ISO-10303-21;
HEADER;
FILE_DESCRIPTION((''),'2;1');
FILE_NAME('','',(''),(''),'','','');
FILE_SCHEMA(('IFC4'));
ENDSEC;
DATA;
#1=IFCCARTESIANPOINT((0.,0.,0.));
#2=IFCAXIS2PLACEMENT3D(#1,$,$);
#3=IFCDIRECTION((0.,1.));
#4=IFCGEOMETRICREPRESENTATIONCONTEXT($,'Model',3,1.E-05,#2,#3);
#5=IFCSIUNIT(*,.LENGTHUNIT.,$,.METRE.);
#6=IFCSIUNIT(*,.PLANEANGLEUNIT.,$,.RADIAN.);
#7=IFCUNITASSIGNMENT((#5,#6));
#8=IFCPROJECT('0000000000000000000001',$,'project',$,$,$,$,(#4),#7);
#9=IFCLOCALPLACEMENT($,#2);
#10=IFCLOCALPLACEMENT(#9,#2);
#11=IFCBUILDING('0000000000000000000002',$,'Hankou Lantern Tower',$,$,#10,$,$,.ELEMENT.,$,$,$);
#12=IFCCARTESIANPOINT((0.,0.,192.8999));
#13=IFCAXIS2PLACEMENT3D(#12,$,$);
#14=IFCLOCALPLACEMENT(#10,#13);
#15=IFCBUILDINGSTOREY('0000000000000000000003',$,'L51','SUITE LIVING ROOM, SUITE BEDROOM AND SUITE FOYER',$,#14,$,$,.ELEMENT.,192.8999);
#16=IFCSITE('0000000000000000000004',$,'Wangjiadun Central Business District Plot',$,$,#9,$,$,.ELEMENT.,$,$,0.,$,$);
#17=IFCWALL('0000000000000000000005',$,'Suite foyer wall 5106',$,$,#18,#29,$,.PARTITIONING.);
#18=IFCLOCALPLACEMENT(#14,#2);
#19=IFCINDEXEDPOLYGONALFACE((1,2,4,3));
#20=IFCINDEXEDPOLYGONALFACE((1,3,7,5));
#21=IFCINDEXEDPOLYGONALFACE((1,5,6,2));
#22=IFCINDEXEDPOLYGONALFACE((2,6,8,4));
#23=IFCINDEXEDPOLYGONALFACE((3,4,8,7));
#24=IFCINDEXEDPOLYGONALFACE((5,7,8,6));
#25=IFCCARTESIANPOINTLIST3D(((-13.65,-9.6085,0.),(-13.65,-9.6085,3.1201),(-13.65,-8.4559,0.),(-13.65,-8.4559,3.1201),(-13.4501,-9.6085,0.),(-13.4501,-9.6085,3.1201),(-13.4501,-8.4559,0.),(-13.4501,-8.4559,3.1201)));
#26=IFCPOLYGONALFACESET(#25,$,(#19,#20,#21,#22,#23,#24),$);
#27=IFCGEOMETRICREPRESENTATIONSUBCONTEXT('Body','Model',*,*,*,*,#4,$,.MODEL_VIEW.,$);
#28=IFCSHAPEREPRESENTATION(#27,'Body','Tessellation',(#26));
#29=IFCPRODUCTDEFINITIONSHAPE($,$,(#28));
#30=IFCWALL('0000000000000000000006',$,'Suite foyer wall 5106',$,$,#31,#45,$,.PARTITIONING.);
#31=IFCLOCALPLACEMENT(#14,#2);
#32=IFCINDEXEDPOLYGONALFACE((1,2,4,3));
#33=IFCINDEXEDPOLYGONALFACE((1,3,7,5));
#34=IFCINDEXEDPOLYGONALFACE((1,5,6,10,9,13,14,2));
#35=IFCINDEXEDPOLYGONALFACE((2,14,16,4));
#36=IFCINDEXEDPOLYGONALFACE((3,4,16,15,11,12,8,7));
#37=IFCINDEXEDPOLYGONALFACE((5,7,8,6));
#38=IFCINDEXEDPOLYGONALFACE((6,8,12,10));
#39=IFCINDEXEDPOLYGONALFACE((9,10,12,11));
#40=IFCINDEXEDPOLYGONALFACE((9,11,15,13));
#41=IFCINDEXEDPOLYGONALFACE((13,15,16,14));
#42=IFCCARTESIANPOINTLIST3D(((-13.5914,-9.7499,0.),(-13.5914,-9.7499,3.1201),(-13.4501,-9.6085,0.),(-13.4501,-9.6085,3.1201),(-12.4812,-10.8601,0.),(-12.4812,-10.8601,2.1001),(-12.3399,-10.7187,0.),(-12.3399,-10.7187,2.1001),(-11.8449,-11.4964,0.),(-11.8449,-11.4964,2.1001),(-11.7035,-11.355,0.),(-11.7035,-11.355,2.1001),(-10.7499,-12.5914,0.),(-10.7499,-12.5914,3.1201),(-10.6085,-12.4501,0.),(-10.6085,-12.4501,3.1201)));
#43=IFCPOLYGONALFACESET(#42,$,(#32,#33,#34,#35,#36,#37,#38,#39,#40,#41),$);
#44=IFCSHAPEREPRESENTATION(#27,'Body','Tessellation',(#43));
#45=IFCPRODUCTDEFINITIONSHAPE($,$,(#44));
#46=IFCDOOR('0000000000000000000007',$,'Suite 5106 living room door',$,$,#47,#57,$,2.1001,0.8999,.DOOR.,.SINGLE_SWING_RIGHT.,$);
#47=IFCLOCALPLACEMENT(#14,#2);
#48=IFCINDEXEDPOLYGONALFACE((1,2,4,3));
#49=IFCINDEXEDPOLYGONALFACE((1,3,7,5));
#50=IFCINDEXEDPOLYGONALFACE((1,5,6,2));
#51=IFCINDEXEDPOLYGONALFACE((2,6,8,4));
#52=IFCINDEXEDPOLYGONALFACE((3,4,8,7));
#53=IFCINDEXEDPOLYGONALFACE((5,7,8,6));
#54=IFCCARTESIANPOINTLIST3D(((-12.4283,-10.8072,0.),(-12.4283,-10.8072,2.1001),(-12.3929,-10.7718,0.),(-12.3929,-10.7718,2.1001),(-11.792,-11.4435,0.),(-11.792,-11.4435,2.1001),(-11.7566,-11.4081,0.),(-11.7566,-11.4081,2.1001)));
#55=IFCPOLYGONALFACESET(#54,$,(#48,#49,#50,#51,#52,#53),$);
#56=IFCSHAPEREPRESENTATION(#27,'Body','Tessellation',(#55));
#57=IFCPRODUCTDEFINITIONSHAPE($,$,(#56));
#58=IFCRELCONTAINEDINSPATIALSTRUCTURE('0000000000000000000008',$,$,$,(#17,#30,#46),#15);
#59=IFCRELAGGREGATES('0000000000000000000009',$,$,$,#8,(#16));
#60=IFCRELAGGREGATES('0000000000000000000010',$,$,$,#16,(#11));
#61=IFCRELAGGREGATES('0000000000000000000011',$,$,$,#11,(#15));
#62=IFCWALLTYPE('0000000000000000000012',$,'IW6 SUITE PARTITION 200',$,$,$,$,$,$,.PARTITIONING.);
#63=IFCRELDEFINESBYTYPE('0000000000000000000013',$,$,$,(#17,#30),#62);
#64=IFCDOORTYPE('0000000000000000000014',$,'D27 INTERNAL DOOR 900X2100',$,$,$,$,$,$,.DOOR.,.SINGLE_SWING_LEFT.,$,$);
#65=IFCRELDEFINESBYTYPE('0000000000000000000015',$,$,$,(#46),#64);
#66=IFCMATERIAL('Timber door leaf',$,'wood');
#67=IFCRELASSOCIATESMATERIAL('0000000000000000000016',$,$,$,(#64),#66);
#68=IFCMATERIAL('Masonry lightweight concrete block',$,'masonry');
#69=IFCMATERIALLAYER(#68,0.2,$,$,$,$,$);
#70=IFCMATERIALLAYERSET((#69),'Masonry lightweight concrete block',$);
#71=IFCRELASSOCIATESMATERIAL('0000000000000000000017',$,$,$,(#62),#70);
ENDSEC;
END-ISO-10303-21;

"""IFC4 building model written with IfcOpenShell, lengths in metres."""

from ifc_helpers import new_model, si_unit, direction, frame, frame_2d, origin, place, context, subcontext, project, spatial, rectangle, extrude, material, layer, layer_set, type_object, element, fill, save


model = new_model("IFC4")

# Units and contexts
model_context = context("Model", 3, precision=1e-05, world=origin(), true_north=direction((0.0, 1.0)))
body_context = subcontext(model_context, "Body", "Model", "MODEL_VIEW")
ifc_project = project(units=[si_unit("LENGTHUNIT", "METRE"), si_unit("PLANEANGLEUNIT", "RADIAN")], contexts=[model_context])

# Site, building, storey
site_placement = place(None, origin())
site = spatial("IfcSite", under=ifc_project, at=site_placement, Name="Wangjiadun Central Business District Plot", CompositionType="ELEMENT", RefElevation=0.0)
building_placement = place(site_placement, origin())
building = spatial("IfcBuilding", under=site, at=building_placement, Name="Hankou Lantern Tower", CompositionType="ELEMENT")
storey_placement = place(building_placement, frame((0.0, 0.0, 192.8999)))
storey = spatial("IfcBuildingStorey", under=building, at=storey_placement, Name="L51", Description="SUITE LIVING ROOM, SUITE BEDROOM AND SUITE FOYER", CompositionType="ELEMENT", Elevation=192.8999)

# Shared definitions
ifc_material_1 = material(Name="Timber door leaf", Category="wood")
door_type = type_object("IfcDoorType", Name="D27 INTERNAL DOOR 900X2100", OperationType="SINGLE_SWING_LEFT", PredefinedType="DOOR", material=ifc_material_1)

# Wall
ifc_material_2 = material(Name="Masonry lightweight concrete block", Category="masonry")
ifc_layer_1 = layer(ifc_material_2, 0.2)
ifc_layer_set_1 = layer_set([ifc_layer_1], Name="Masonry lightweight concrete block")
wall_type_1 = type_object("IfcWallType", Name="IW6 SUITE PARTITION 200", PredefinedType="PARTITIONING", material=ifc_layer_set_1)
wall_1_placement = place(storey_placement, frame((-13.55, -8.4561, 0.0), z_axis=(0.0, 0.0, 1.0), x_axis=(0.0, -1.0, 0.0)))
element("IfcWall", 1, at=wall_1_placement, inside=storey, type_object=wall_type_1, Name="Suite foyer wall 5106", PredefinedType="PARTITIONING", context=body_context, shape_type="SweptSolid", body=[
    extrude(rectangle(XDim=1.1526, YDim=0.2, at=frame_2d((0.5762, 0.0))), origin(), (0.0, 0.0, 1.0), 3.1201),
])

# Wall, opening, door
wall_2_placement = place(storey_placement, frame((-13.5208, -9.6792, 0.0), z_axis=(0.0, 0.0, 1.0), x_axis=(0.707107, -0.707107, 0.0)))
wall_2 = element("IfcWall", 2, at=wall_2_placement, inside=storey, type_object=wall_type_1, Name="Suite foyer wall 5106", PredefinedType="PARTITIONING", context=body_context, shape_type="SweptSolid", body=[
    extrude(rectangle(XDim=4.0186, YDim=0.2, at=frame_2d((2.0093, 0.0))), origin(), (0.0, 0.0, 1.0), 3.1201),
])
opening_1_placement = place(wall_2_placement, frame((1.5701, 0.0, 0.0)))
opening_1 = element("IfcOpeningElement", 3, at=opening_1_placement, cuts=wall_2, PredefinedType="OPENING", context=body_context, shape_type="SweptSolid", body=[
    extrude(rectangle(XDim=0.8999, YDim=2.1001, at=frame_2d((0.45, 1.05))), frame((0.0, 0.1099, 0.0), z_axis=(0.0, -1.0, 0.0), x_axis=(1.0, 0.0, 0.0)), (0.0, 0.0, 1.0), 0.22),
])
door_1_placement = place(opening_1_placement, origin())
door_1 = element("IfcDoor", 4, at=door_1_placement, inside=storey, type_object=door_type, Name="Suite 5106 living room door", OperationType="SINGLE_SWING_RIGHT", OverallHeight=2.1001, OverallWidth=0.8999, PredefinedType="DOOR", context=body_context, shape_type="SweptSolid", body=[
    extrude(rectangle(XDim=0.8999, YDim=2.1001, at=frame_2d((0.45, 1.05))), frame((0.0, 0.0249, 0.0), z_axis=(0.0, -1.0, 0.0), x_axis=(1.0, 0.0, 0.0)), (0.0, 0.0, 1.0), 0.05),
])
fill(opening_1, door_1)

save(model, "model.ifc")
